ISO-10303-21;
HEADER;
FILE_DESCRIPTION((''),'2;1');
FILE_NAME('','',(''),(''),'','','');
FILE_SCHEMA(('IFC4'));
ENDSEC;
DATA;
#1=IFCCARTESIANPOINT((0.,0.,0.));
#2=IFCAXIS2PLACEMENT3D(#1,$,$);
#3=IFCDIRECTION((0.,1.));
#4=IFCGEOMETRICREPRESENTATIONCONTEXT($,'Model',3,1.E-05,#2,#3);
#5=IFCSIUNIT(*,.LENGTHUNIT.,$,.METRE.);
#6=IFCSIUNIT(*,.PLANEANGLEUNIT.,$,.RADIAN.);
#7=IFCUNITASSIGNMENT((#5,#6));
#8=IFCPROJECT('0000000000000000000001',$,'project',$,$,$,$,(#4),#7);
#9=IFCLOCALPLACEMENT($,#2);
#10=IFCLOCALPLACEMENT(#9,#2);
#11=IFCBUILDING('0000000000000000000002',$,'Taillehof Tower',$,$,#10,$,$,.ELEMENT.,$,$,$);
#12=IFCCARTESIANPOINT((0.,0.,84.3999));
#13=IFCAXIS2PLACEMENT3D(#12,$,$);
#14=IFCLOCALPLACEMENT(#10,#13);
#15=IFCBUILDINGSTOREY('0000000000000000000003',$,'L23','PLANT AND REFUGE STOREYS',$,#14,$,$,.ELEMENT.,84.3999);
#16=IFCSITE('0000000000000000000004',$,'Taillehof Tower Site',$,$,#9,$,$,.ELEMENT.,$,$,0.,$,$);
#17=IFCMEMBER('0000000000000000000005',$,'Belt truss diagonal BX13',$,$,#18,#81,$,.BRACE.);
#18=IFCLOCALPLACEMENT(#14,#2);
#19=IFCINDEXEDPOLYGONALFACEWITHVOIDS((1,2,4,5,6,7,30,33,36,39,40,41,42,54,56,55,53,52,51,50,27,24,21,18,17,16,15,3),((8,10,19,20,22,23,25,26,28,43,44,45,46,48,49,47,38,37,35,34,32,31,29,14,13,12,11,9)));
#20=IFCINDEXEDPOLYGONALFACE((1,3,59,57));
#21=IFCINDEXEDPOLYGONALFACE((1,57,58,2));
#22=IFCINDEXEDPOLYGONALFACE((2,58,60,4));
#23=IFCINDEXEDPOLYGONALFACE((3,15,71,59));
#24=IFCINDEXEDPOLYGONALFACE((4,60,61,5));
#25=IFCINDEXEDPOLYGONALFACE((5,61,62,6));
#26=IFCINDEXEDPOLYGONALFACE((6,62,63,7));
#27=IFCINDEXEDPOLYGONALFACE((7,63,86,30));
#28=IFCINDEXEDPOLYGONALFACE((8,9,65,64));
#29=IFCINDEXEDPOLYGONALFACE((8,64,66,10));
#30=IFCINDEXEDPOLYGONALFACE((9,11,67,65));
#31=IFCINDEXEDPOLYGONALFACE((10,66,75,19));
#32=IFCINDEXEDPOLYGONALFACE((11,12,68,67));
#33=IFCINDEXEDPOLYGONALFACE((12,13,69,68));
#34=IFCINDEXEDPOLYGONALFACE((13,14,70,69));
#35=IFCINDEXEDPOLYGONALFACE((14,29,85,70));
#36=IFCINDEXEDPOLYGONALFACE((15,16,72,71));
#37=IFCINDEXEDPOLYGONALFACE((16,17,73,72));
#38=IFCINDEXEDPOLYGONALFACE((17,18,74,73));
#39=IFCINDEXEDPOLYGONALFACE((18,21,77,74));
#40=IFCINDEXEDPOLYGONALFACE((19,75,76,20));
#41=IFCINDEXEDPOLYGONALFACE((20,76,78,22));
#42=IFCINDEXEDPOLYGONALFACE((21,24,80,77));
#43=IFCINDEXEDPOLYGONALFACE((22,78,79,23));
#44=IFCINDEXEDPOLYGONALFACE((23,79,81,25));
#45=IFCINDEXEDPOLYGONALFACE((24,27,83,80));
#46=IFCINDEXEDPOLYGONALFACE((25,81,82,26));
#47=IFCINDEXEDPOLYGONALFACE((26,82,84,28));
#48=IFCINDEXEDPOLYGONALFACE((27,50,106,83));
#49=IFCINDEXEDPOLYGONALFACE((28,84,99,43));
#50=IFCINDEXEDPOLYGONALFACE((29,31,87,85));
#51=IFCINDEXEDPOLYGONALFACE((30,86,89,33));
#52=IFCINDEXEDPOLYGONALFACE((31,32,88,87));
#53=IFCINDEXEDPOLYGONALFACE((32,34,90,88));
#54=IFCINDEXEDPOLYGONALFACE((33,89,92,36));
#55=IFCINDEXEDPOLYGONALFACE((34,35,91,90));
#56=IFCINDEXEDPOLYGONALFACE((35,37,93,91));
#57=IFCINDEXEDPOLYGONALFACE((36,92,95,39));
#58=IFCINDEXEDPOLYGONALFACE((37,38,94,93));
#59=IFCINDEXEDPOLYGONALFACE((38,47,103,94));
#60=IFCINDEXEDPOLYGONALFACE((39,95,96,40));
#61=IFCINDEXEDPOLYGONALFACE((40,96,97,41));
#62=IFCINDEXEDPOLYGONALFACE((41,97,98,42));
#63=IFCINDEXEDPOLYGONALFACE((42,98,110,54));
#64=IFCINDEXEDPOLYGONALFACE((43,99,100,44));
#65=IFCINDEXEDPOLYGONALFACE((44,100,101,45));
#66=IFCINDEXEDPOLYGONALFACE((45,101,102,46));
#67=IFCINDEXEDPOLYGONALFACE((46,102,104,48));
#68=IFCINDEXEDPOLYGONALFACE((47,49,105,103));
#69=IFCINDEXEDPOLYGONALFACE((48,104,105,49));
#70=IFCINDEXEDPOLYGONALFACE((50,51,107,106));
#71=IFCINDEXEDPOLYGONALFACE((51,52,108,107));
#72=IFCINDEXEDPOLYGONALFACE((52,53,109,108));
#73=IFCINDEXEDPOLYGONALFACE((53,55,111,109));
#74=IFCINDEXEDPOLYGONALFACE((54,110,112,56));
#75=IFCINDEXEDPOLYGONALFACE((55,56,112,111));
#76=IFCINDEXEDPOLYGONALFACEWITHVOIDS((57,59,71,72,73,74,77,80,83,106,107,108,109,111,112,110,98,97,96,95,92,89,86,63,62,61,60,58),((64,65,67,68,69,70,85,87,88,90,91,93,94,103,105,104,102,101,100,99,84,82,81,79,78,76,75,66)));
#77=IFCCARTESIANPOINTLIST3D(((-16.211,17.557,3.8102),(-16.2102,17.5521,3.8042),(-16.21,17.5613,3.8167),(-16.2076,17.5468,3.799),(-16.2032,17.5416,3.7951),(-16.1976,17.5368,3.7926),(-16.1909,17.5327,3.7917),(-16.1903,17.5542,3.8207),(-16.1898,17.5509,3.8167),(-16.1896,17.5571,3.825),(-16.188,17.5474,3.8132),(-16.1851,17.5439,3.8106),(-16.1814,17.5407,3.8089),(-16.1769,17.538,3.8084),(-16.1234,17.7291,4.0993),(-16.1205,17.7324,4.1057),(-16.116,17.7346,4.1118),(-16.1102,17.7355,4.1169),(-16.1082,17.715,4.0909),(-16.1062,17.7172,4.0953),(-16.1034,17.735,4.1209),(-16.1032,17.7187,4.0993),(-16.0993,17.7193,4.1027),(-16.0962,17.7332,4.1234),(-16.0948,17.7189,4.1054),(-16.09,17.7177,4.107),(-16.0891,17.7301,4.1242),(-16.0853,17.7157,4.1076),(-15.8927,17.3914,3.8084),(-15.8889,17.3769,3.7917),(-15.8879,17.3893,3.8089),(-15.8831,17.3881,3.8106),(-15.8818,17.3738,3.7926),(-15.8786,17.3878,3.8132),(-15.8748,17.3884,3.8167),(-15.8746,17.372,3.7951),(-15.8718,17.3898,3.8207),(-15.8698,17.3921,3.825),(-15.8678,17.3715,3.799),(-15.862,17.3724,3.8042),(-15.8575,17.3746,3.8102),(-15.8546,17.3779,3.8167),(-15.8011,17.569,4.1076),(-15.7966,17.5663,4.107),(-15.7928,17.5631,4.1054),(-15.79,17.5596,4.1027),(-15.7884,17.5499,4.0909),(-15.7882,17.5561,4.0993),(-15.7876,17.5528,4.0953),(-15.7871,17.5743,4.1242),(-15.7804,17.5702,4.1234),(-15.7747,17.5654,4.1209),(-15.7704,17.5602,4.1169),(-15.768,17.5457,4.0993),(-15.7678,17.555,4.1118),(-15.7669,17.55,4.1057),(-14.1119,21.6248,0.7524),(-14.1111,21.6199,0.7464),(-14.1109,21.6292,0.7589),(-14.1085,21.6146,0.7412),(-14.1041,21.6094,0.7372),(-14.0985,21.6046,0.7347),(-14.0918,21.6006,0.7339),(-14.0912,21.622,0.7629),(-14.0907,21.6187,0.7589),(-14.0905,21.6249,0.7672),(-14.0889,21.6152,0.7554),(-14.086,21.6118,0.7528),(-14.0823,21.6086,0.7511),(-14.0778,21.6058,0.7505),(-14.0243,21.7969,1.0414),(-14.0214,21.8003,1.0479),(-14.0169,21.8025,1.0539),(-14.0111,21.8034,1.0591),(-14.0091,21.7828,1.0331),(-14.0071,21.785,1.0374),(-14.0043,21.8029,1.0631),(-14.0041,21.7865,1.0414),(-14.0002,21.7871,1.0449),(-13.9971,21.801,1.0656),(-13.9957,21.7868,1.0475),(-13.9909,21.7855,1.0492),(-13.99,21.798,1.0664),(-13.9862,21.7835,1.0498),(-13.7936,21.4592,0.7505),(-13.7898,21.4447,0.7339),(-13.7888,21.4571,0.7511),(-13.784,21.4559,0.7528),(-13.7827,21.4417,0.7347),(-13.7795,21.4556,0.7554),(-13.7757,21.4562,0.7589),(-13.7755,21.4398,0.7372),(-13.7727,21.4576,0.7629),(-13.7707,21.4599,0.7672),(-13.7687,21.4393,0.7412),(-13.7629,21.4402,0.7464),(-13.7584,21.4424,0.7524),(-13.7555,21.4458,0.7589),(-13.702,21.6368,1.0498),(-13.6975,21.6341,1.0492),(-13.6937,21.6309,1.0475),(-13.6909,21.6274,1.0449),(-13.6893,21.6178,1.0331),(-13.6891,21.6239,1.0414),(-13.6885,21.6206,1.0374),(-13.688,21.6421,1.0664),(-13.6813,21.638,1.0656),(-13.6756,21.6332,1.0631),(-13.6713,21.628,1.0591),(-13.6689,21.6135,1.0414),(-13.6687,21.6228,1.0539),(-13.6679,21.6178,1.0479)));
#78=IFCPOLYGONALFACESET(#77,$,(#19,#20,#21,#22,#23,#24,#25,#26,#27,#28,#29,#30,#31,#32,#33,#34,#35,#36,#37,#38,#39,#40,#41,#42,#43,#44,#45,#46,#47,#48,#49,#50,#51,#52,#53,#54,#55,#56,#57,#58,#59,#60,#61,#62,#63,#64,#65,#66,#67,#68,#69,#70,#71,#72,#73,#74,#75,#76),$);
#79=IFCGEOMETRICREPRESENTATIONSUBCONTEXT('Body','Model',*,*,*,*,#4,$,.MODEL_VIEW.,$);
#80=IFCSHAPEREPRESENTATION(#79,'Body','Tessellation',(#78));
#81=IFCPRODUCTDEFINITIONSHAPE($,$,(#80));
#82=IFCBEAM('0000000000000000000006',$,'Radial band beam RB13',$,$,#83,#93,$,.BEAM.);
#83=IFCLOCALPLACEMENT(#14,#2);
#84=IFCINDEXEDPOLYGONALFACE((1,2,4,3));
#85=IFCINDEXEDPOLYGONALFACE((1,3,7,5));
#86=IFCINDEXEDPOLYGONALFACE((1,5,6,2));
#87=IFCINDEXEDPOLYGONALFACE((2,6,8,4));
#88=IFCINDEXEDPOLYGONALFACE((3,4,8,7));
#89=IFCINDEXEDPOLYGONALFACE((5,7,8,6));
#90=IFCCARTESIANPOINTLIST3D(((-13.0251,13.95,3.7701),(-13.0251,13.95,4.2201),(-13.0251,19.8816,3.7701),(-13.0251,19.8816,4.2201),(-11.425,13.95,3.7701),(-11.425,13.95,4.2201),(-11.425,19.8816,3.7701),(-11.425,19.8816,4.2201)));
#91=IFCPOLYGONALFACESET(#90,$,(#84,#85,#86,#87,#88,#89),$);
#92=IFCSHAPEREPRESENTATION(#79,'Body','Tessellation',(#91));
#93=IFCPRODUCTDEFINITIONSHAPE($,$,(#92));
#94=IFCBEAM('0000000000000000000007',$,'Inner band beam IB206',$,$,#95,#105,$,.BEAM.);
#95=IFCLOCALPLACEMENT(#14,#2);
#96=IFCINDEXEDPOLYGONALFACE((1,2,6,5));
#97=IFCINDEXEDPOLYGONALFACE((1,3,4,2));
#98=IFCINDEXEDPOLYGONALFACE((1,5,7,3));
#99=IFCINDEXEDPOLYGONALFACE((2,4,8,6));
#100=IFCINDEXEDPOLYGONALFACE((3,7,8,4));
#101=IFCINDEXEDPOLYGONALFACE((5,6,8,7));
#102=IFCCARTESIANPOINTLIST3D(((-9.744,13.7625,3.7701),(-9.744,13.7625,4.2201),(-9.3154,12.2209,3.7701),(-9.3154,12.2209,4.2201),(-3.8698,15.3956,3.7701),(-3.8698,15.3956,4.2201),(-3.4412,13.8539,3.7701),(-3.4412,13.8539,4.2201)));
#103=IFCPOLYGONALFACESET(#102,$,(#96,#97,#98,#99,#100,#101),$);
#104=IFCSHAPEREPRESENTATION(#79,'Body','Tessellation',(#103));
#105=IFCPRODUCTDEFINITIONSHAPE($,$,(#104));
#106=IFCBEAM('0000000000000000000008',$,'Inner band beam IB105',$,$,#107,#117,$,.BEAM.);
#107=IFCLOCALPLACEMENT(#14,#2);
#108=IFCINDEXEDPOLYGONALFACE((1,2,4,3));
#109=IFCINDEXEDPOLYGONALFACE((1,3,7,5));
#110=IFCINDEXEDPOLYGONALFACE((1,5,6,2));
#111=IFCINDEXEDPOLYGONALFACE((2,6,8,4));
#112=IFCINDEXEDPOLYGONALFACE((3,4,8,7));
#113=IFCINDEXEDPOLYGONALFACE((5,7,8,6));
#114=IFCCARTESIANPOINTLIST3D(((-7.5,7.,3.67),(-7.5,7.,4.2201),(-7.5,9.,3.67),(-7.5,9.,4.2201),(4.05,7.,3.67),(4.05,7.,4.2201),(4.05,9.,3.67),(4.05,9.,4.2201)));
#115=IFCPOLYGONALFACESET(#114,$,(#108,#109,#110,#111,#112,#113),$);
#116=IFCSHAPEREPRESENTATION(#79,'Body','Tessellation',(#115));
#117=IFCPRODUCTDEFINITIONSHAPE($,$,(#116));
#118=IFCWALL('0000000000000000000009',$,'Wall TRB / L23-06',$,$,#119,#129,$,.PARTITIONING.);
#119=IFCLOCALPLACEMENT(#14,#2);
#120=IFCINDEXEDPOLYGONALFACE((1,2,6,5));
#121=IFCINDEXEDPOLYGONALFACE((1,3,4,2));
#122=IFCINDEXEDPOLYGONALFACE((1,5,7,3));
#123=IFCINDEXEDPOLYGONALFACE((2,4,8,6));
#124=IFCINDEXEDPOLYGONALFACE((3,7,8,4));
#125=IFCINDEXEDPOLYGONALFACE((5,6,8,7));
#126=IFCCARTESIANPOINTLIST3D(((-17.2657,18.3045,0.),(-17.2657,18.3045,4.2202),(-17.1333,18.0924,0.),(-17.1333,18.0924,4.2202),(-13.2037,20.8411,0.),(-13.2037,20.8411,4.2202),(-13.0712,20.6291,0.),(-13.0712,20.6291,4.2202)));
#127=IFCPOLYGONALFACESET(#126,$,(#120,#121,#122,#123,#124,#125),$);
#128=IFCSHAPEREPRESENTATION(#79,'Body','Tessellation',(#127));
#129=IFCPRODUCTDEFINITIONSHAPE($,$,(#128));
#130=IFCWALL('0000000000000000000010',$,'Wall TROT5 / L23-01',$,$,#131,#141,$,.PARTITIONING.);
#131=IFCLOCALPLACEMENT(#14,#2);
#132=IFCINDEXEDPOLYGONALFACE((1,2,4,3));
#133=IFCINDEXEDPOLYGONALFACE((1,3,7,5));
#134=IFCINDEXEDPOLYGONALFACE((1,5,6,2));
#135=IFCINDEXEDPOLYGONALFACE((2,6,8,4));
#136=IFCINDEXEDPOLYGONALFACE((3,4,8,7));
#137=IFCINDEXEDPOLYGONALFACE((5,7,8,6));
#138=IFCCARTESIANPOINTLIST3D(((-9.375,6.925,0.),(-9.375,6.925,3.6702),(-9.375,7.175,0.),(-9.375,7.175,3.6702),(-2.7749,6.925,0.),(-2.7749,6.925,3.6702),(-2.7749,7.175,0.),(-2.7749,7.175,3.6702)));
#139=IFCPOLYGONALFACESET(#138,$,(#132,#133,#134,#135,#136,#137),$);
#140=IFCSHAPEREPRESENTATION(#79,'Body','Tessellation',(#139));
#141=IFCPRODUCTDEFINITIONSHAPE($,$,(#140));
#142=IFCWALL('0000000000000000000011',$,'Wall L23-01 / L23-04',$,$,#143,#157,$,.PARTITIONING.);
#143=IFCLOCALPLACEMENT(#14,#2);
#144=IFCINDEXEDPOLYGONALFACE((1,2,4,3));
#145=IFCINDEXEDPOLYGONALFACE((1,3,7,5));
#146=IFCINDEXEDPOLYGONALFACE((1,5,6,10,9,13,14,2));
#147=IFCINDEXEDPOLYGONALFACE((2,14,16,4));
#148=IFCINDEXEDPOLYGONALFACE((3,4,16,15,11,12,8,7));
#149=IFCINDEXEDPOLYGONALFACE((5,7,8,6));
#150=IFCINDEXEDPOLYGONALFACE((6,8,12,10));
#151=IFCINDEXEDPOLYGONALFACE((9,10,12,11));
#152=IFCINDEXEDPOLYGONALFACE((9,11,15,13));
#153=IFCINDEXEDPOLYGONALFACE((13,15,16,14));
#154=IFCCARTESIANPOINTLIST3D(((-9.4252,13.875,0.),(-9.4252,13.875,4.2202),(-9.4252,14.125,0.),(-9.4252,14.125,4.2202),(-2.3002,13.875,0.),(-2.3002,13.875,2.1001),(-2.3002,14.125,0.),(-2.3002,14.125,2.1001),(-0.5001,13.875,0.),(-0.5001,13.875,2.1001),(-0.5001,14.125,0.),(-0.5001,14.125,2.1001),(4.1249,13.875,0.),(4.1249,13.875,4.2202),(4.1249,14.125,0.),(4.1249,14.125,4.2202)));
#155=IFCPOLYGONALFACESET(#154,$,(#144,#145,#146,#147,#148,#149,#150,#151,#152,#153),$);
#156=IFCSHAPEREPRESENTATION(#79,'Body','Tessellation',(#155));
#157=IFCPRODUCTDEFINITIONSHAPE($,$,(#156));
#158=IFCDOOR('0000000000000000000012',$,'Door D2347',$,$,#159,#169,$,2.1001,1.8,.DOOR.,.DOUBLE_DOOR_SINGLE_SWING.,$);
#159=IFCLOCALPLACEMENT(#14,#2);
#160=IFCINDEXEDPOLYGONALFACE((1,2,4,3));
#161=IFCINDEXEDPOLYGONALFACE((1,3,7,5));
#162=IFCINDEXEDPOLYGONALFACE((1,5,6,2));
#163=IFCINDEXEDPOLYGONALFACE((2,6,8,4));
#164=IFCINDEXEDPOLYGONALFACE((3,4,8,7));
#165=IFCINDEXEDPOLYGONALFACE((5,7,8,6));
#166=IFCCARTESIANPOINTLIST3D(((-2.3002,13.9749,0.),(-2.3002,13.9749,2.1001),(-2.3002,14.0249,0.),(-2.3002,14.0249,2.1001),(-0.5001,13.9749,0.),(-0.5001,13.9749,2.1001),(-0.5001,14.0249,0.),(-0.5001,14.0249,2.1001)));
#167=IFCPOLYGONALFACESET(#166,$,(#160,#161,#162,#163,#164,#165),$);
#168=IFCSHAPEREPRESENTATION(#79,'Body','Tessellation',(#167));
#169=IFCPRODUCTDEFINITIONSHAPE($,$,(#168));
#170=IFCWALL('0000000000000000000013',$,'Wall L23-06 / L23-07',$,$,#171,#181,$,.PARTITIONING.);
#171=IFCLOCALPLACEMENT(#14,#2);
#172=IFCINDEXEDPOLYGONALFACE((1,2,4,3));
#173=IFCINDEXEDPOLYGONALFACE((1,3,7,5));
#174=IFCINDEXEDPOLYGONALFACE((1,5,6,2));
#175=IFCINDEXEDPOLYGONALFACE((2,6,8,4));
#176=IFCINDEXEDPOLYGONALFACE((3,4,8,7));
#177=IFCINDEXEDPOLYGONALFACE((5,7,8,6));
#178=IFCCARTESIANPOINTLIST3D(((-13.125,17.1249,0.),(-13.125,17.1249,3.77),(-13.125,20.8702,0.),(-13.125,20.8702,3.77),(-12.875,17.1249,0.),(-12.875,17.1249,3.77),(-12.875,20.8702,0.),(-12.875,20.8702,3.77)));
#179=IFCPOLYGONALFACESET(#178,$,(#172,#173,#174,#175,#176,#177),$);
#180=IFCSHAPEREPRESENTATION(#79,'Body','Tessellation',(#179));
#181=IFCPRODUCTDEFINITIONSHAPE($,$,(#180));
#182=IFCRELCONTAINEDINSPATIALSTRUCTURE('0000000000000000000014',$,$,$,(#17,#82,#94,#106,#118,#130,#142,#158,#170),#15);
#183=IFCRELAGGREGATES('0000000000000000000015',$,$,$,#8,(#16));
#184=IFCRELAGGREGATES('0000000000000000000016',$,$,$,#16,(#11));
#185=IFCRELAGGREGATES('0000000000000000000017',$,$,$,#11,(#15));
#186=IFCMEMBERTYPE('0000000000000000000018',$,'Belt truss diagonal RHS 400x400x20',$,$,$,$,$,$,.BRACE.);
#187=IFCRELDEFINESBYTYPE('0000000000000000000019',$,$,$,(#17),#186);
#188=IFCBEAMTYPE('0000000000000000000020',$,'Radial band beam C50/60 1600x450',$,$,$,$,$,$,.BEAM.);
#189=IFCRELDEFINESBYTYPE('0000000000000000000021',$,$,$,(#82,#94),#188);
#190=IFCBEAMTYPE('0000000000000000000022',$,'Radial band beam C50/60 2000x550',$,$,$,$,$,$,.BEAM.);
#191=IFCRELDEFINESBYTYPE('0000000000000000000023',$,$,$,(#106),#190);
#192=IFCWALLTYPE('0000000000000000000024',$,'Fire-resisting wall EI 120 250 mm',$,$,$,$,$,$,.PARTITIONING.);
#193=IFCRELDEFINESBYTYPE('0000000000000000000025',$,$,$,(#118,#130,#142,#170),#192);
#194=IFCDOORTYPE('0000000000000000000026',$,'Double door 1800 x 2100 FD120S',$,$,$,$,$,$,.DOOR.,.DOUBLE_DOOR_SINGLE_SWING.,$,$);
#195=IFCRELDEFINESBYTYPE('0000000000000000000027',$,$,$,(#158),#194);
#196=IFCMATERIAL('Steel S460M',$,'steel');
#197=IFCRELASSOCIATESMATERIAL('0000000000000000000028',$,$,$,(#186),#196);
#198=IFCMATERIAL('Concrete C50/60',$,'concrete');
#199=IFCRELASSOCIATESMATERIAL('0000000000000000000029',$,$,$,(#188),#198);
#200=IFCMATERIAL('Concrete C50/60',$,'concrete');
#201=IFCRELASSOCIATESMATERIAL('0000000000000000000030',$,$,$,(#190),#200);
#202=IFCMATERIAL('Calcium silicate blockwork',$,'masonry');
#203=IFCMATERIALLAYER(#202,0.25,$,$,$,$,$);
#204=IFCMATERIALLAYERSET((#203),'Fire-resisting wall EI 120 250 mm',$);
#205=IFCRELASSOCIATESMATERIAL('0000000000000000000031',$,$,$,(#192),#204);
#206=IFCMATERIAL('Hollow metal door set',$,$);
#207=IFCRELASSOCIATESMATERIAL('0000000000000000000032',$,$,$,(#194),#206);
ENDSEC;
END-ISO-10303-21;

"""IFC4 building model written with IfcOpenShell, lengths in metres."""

from ifc_helpers import new_model, si_unit, direction, frame, frame_2d, origin, origin_2d, place, context, subcontext, project, spatial, rectangle, hollow_rectangle, extrude, material, layer, layer_set, material_profile, profile_set, type_object, element, fill, save


model = new_model("IFC4")

# Units and contexts
model_context = context("Model", 3, precision=1e-05, world=origin(), true_north=direction((0.0, 1.0)))
body_context = subcontext(model_context, "Body", "Model", "MODEL_VIEW")
ifc_project = project(units=[si_unit("LENGTHUNIT", "METRE"), si_unit("PLANEANGLEUNIT", "RADIAN")], contexts=[model_context])

# Site, building, storey
site_placement = place(None, origin())
site = spatial("IfcSite", under=ifc_project, at=site_placement, Name="Taillehof Tower Site", CompositionType="ELEMENT", RefElevation=0.0)
building_placement = place(site_placement, origin())
building = spatial("IfcBuilding", under=site, at=building_placement, Name="Taillehof Tower", CompositionType="ELEMENT")
storey_placement = place(building_placement, frame((0.0, 0.0, 84.3999)))
storey = spatial("IfcBuildingStorey", under=building, at=storey_placement, Name="L23", Description="PLANT AND REFUGE STOREYS", CompositionType="ELEMENT", Elevation=84.3999)

# Member
ifc_material_1 = material(Name="Steel S460M", Category="steel")
ifc_material_profile_1 = material_profile(ifc_material_1, hollow_rectangle(XDim=0.3999, YDim=0.3999, WallThickness=0.02, InnerFilletRadius=0.02, OuterFilletRadius=0.03, at=origin_2d()), Name="RHS 400x400x20")
ifc_profile_set_1 = profile_set([ifc_material_profile_1], Name="Steel S460M")
member_type_1 = type_object("IfcMemberType", Name="Belt truss diagonal RHS 400x400x20", PredefinedType="BRACE", material=ifc_profile_set_1)
member_1_placement = place(storey_placement, frame((-13.8899, 21.6213, 0.9001), z_axis=(-0.381316, -0.738949, 0.555476), x_axis=(0.888659, -0.45857, 0.0)))
element("IfcMember", 1, at=member_1_placement, inside=storey, type_object=member_type_1, Name="Belt truss diagonal BX13", PredefinedType="BRACE", context=body_context, shape_type="SweptSolid", body=[
    extrude(hollow_rectangle(XDim=0.3999, YDim=0.3999, WallThickness=0.02, InnerFilletRadius=0.02, OuterFilletRadius=0.03, at=origin_2d()), origin(), (0.0, 0.0, 1.0), 5.5049),
])

# Beams
ifc_material_2 = material(Name="Concrete C50/60", Category="concrete")
ifc_material_profile_2 = material_profile(ifc_material_2, rectangle(XDim=1.6001, YDim=0.45, at=origin_2d()), Name="RC 1600x450")
ifc_profile_set_2 = profile_set([ifc_material_profile_2], Name="Concrete C50/60")
beam_type_1 = type_object("IfcBeamType", Name="Radial band beam C50/60 1600x450", PredefinedType="BEAM", material=ifc_profile_set_2)
beam_1_placement = place(storey_placement, frame((-12.2251, 19.8816, 3.9951), z_axis=(0.0, -1.0, 0.0), x_axis=(1.0, 0.0, 0.0)))
element("IfcBeam", 2, at=beam_1_placement, inside=storey, type_object=beam_type_1, Name="Radial band beam RB13", PredefinedType="BEAM", context=body_context, shape_type="SweptSolid", body=[
    extrude(rectangle(XDim=1.6001, YDim=0.45, at=origin_2d()), origin(), (0.0, 0.0, 1.0), 5.9316),
])
beam_2_placement = place(storey_placement, frame((-3.6555, 14.6248, 3.9951), z_axis=(-0.963459, -0.267855, 0.0), x_axis=(0.267855, -0.963459, 0.0)))
element("IfcBeam", 3, at=beam_2_placement, inside=storey, type_object=beam_type_1, Name="Inner band beam IB206", PredefinedType="BEAM", context=body_context, shape_type="SweptSolid", body=[
    extrude(rectangle(XDim=1.6001, YDim=0.45, at=origin_2d()), origin(), (0.0, 0.0, 1.0), 6.0969),
])
ifc_material_3 = material(Name="Concrete C50/60", Category="concrete")
ifc_material_profile_3 = material_profile(ifc_material_3, rectangle(XDim=2.0, YDim=0.55, at=origin_2d()), Name="RC 2000x550")
ifc_profile_set_3 = profile_set([ifc_material_profile_3], Name="Concrete C50/60")
beam_type_2 = type_object("IfcBeamType", Name="Radial band beam C50/60 2000x550", PredefinedType="BEAM", material=ifc_profile_set_3)
beam_3_placement = place(storey_placement, frame((-7.5, 8.0, 3.9451), z_axis=(1.0, 0.0, 0.0), x_axis=(0.0, 1.0, 0.0)))
element("IfcBeam", 4, at=beam_3_placement, inside=storey, type_object=beam_type_2, Name="Inner band beam IB105", PredefinedType="BEAM", context=body_context, shape_type="SweptSolid", body=[
    extrude(rectangle(XDim=2.0, YDim=0.55, at=origin_2d()), origin(), (0.0, 0.0, 1.0), 11.55),
])

# Walls
ifc_material_4 = material(Name="Calcium silicate blockwork", Category="masonry")
ifc_layer_1 = layer(ifc_material_4, 0.25)
ifc_layer_set_1 = layer_set([ifc_layer_1], Name="Fire-resisting wall EI 120 250 mm")
wall_type_1 = type_object("IfcWallType", Name="Fire-resisting wall EI 120 250 mm", PredefinedType="PARTITIONING", material=ifc_layer_set_1)
wall_1_placement = place(storey_placement, frame((-13.1375, 20.7351, 0.0), z_axis=(0.0, 0.0, 1.0), x_axis=(-0.848199, -0.529678, 0.0)))
element("IfcWall", 5, at=wall_1_placement, inside=storey, type_object=wall_type_1, Name="Wall TRB / L23-06", PredefinedType="PARTITIONING", context=body_context, shape_type="SweptSolid", body=[
    extrude(rectangle(XDim=4.7891, YDim=0.25, at=frame_2d((2.3945, 0.0))), origin(), (0.0, 0.0, 1.0), 4.2202),
])
wall_2_placement = place(storey_placement, frame((-9.375, 7.05, 0.0), z_axis=(0.0, 0.0, 1.0), x_axis=(1.0, 0.0, 0.0)))
element("IfcWall", 6, at=wall_2_placement, inside=storey, type_object=wall_type_1, Name="Wall TROT5 / L23-01", PredefinedType="PARTITIONING", context=body_context, shape_type="SweptSolid", body=[
    extrude(rectangle(XDim=6.6001, YDim=0.25, at=frame_2d((3.3, 0.0))), origin(), (0.0, 0.0, 1.0), 3.6702),
])

# Wall, opening, door
wall_3_placement = place(storey_placement, frame((-9.425, 14.0, 0.0), z_axis=(0.0, 0.0, 1.0), x_axis=(1.0, 0.0, 0.0)))
wall_3 = element("IfcWall", 7, at=wall_3_placement, inside=storey, type_object=wall_type_1, Name="Wall L23-01 / L23-04", PredefinedType="PARTITIONING", context=body_context, shape_type="SweptSolid", body=[
    extrude(rectangle(XDim=13.55, YDim=0.25, at=frame_2d((6.7749, 0.0))), origin(), (0.0, 0.0, 1.0), 4.2202),
])
opening_1_placement = place(wall_3_placement, frame((7.125, 0.0, 0.0)))
opening_1 = element("IfcOpeningElement", 8, at=opening_1_placement, cuts=wall_3, PredefinedType="OPENING", context=body_context, shape_type="SweptSolid", body=[
    extrude(rectangle(XDim=1.8, YDim=2.1001, at=frame_2d((0.8999, 1.05))), frame((0.0, 0.135, 0.0), z_axis=(0.0, -1.0, 0.0), x_axis=(1.0, 0.0, 0.0)), (0.0, 0.0, 1.0), 0.27),
])
ifc_material_5 = material(Name="Hollow metal door set")
door_type_1 = type_object("IfcDoorType", Name="Double door 1800 x 2100 FD120S", OperationType="DOUBLE_DOOR_SINGLE_SWING", PredefinedType="DOOR", material=ifc_material_5)
door_1_placement = place(opening_1_placement, origin())
door_1 = element("IfcDoor", 9, at=door_1_placement, inside=storey, type_object=door_type_1, Name="Door D2347", OperationType="DOUBLE_DOOR_SINGLE_SWING", OverallHeight=2.1001, OverallWidth=1.8, PredefinedType="DOOR", context=body_context, shape_type="SweptSolid", body=[
    extrude(rectangle(XDim=1.8, YDim=2.1001, at=frame_2d((0.8999, 1.05))), frame((0.0, 0.0249, 0.0), z_axis=(0.0, -1.0, 0.0), x_axis=(1.0, 0.0, 0.0)), (0.0, 0.0, 1.0), 0.05),
])
fill(opening_1, door_1)

# Wall
wall_4_placement = place(storey_placement, frame((-13.0, 17.125, 0.0), z_axis=(0.0, 0.0, 1.0), x_axis=(0.0, 1.0, 0.0)))
element("IfcWall", 10, at=wall_4_placement, inside=storey, type_object=wall_type_1, Name="Wall L23-06 / L23-07", PredefinedType="PARTITIONING", context=body_context, shape_type="SweptSolid", body=[
    extrude(rectangle(XDim=3.7454, YDim=0.25, at=frame_2d((1.8726, 0.0))), origin(), (0.0, 0.0, 1.0), 3.77),
])

save(model, "model.ifc")
